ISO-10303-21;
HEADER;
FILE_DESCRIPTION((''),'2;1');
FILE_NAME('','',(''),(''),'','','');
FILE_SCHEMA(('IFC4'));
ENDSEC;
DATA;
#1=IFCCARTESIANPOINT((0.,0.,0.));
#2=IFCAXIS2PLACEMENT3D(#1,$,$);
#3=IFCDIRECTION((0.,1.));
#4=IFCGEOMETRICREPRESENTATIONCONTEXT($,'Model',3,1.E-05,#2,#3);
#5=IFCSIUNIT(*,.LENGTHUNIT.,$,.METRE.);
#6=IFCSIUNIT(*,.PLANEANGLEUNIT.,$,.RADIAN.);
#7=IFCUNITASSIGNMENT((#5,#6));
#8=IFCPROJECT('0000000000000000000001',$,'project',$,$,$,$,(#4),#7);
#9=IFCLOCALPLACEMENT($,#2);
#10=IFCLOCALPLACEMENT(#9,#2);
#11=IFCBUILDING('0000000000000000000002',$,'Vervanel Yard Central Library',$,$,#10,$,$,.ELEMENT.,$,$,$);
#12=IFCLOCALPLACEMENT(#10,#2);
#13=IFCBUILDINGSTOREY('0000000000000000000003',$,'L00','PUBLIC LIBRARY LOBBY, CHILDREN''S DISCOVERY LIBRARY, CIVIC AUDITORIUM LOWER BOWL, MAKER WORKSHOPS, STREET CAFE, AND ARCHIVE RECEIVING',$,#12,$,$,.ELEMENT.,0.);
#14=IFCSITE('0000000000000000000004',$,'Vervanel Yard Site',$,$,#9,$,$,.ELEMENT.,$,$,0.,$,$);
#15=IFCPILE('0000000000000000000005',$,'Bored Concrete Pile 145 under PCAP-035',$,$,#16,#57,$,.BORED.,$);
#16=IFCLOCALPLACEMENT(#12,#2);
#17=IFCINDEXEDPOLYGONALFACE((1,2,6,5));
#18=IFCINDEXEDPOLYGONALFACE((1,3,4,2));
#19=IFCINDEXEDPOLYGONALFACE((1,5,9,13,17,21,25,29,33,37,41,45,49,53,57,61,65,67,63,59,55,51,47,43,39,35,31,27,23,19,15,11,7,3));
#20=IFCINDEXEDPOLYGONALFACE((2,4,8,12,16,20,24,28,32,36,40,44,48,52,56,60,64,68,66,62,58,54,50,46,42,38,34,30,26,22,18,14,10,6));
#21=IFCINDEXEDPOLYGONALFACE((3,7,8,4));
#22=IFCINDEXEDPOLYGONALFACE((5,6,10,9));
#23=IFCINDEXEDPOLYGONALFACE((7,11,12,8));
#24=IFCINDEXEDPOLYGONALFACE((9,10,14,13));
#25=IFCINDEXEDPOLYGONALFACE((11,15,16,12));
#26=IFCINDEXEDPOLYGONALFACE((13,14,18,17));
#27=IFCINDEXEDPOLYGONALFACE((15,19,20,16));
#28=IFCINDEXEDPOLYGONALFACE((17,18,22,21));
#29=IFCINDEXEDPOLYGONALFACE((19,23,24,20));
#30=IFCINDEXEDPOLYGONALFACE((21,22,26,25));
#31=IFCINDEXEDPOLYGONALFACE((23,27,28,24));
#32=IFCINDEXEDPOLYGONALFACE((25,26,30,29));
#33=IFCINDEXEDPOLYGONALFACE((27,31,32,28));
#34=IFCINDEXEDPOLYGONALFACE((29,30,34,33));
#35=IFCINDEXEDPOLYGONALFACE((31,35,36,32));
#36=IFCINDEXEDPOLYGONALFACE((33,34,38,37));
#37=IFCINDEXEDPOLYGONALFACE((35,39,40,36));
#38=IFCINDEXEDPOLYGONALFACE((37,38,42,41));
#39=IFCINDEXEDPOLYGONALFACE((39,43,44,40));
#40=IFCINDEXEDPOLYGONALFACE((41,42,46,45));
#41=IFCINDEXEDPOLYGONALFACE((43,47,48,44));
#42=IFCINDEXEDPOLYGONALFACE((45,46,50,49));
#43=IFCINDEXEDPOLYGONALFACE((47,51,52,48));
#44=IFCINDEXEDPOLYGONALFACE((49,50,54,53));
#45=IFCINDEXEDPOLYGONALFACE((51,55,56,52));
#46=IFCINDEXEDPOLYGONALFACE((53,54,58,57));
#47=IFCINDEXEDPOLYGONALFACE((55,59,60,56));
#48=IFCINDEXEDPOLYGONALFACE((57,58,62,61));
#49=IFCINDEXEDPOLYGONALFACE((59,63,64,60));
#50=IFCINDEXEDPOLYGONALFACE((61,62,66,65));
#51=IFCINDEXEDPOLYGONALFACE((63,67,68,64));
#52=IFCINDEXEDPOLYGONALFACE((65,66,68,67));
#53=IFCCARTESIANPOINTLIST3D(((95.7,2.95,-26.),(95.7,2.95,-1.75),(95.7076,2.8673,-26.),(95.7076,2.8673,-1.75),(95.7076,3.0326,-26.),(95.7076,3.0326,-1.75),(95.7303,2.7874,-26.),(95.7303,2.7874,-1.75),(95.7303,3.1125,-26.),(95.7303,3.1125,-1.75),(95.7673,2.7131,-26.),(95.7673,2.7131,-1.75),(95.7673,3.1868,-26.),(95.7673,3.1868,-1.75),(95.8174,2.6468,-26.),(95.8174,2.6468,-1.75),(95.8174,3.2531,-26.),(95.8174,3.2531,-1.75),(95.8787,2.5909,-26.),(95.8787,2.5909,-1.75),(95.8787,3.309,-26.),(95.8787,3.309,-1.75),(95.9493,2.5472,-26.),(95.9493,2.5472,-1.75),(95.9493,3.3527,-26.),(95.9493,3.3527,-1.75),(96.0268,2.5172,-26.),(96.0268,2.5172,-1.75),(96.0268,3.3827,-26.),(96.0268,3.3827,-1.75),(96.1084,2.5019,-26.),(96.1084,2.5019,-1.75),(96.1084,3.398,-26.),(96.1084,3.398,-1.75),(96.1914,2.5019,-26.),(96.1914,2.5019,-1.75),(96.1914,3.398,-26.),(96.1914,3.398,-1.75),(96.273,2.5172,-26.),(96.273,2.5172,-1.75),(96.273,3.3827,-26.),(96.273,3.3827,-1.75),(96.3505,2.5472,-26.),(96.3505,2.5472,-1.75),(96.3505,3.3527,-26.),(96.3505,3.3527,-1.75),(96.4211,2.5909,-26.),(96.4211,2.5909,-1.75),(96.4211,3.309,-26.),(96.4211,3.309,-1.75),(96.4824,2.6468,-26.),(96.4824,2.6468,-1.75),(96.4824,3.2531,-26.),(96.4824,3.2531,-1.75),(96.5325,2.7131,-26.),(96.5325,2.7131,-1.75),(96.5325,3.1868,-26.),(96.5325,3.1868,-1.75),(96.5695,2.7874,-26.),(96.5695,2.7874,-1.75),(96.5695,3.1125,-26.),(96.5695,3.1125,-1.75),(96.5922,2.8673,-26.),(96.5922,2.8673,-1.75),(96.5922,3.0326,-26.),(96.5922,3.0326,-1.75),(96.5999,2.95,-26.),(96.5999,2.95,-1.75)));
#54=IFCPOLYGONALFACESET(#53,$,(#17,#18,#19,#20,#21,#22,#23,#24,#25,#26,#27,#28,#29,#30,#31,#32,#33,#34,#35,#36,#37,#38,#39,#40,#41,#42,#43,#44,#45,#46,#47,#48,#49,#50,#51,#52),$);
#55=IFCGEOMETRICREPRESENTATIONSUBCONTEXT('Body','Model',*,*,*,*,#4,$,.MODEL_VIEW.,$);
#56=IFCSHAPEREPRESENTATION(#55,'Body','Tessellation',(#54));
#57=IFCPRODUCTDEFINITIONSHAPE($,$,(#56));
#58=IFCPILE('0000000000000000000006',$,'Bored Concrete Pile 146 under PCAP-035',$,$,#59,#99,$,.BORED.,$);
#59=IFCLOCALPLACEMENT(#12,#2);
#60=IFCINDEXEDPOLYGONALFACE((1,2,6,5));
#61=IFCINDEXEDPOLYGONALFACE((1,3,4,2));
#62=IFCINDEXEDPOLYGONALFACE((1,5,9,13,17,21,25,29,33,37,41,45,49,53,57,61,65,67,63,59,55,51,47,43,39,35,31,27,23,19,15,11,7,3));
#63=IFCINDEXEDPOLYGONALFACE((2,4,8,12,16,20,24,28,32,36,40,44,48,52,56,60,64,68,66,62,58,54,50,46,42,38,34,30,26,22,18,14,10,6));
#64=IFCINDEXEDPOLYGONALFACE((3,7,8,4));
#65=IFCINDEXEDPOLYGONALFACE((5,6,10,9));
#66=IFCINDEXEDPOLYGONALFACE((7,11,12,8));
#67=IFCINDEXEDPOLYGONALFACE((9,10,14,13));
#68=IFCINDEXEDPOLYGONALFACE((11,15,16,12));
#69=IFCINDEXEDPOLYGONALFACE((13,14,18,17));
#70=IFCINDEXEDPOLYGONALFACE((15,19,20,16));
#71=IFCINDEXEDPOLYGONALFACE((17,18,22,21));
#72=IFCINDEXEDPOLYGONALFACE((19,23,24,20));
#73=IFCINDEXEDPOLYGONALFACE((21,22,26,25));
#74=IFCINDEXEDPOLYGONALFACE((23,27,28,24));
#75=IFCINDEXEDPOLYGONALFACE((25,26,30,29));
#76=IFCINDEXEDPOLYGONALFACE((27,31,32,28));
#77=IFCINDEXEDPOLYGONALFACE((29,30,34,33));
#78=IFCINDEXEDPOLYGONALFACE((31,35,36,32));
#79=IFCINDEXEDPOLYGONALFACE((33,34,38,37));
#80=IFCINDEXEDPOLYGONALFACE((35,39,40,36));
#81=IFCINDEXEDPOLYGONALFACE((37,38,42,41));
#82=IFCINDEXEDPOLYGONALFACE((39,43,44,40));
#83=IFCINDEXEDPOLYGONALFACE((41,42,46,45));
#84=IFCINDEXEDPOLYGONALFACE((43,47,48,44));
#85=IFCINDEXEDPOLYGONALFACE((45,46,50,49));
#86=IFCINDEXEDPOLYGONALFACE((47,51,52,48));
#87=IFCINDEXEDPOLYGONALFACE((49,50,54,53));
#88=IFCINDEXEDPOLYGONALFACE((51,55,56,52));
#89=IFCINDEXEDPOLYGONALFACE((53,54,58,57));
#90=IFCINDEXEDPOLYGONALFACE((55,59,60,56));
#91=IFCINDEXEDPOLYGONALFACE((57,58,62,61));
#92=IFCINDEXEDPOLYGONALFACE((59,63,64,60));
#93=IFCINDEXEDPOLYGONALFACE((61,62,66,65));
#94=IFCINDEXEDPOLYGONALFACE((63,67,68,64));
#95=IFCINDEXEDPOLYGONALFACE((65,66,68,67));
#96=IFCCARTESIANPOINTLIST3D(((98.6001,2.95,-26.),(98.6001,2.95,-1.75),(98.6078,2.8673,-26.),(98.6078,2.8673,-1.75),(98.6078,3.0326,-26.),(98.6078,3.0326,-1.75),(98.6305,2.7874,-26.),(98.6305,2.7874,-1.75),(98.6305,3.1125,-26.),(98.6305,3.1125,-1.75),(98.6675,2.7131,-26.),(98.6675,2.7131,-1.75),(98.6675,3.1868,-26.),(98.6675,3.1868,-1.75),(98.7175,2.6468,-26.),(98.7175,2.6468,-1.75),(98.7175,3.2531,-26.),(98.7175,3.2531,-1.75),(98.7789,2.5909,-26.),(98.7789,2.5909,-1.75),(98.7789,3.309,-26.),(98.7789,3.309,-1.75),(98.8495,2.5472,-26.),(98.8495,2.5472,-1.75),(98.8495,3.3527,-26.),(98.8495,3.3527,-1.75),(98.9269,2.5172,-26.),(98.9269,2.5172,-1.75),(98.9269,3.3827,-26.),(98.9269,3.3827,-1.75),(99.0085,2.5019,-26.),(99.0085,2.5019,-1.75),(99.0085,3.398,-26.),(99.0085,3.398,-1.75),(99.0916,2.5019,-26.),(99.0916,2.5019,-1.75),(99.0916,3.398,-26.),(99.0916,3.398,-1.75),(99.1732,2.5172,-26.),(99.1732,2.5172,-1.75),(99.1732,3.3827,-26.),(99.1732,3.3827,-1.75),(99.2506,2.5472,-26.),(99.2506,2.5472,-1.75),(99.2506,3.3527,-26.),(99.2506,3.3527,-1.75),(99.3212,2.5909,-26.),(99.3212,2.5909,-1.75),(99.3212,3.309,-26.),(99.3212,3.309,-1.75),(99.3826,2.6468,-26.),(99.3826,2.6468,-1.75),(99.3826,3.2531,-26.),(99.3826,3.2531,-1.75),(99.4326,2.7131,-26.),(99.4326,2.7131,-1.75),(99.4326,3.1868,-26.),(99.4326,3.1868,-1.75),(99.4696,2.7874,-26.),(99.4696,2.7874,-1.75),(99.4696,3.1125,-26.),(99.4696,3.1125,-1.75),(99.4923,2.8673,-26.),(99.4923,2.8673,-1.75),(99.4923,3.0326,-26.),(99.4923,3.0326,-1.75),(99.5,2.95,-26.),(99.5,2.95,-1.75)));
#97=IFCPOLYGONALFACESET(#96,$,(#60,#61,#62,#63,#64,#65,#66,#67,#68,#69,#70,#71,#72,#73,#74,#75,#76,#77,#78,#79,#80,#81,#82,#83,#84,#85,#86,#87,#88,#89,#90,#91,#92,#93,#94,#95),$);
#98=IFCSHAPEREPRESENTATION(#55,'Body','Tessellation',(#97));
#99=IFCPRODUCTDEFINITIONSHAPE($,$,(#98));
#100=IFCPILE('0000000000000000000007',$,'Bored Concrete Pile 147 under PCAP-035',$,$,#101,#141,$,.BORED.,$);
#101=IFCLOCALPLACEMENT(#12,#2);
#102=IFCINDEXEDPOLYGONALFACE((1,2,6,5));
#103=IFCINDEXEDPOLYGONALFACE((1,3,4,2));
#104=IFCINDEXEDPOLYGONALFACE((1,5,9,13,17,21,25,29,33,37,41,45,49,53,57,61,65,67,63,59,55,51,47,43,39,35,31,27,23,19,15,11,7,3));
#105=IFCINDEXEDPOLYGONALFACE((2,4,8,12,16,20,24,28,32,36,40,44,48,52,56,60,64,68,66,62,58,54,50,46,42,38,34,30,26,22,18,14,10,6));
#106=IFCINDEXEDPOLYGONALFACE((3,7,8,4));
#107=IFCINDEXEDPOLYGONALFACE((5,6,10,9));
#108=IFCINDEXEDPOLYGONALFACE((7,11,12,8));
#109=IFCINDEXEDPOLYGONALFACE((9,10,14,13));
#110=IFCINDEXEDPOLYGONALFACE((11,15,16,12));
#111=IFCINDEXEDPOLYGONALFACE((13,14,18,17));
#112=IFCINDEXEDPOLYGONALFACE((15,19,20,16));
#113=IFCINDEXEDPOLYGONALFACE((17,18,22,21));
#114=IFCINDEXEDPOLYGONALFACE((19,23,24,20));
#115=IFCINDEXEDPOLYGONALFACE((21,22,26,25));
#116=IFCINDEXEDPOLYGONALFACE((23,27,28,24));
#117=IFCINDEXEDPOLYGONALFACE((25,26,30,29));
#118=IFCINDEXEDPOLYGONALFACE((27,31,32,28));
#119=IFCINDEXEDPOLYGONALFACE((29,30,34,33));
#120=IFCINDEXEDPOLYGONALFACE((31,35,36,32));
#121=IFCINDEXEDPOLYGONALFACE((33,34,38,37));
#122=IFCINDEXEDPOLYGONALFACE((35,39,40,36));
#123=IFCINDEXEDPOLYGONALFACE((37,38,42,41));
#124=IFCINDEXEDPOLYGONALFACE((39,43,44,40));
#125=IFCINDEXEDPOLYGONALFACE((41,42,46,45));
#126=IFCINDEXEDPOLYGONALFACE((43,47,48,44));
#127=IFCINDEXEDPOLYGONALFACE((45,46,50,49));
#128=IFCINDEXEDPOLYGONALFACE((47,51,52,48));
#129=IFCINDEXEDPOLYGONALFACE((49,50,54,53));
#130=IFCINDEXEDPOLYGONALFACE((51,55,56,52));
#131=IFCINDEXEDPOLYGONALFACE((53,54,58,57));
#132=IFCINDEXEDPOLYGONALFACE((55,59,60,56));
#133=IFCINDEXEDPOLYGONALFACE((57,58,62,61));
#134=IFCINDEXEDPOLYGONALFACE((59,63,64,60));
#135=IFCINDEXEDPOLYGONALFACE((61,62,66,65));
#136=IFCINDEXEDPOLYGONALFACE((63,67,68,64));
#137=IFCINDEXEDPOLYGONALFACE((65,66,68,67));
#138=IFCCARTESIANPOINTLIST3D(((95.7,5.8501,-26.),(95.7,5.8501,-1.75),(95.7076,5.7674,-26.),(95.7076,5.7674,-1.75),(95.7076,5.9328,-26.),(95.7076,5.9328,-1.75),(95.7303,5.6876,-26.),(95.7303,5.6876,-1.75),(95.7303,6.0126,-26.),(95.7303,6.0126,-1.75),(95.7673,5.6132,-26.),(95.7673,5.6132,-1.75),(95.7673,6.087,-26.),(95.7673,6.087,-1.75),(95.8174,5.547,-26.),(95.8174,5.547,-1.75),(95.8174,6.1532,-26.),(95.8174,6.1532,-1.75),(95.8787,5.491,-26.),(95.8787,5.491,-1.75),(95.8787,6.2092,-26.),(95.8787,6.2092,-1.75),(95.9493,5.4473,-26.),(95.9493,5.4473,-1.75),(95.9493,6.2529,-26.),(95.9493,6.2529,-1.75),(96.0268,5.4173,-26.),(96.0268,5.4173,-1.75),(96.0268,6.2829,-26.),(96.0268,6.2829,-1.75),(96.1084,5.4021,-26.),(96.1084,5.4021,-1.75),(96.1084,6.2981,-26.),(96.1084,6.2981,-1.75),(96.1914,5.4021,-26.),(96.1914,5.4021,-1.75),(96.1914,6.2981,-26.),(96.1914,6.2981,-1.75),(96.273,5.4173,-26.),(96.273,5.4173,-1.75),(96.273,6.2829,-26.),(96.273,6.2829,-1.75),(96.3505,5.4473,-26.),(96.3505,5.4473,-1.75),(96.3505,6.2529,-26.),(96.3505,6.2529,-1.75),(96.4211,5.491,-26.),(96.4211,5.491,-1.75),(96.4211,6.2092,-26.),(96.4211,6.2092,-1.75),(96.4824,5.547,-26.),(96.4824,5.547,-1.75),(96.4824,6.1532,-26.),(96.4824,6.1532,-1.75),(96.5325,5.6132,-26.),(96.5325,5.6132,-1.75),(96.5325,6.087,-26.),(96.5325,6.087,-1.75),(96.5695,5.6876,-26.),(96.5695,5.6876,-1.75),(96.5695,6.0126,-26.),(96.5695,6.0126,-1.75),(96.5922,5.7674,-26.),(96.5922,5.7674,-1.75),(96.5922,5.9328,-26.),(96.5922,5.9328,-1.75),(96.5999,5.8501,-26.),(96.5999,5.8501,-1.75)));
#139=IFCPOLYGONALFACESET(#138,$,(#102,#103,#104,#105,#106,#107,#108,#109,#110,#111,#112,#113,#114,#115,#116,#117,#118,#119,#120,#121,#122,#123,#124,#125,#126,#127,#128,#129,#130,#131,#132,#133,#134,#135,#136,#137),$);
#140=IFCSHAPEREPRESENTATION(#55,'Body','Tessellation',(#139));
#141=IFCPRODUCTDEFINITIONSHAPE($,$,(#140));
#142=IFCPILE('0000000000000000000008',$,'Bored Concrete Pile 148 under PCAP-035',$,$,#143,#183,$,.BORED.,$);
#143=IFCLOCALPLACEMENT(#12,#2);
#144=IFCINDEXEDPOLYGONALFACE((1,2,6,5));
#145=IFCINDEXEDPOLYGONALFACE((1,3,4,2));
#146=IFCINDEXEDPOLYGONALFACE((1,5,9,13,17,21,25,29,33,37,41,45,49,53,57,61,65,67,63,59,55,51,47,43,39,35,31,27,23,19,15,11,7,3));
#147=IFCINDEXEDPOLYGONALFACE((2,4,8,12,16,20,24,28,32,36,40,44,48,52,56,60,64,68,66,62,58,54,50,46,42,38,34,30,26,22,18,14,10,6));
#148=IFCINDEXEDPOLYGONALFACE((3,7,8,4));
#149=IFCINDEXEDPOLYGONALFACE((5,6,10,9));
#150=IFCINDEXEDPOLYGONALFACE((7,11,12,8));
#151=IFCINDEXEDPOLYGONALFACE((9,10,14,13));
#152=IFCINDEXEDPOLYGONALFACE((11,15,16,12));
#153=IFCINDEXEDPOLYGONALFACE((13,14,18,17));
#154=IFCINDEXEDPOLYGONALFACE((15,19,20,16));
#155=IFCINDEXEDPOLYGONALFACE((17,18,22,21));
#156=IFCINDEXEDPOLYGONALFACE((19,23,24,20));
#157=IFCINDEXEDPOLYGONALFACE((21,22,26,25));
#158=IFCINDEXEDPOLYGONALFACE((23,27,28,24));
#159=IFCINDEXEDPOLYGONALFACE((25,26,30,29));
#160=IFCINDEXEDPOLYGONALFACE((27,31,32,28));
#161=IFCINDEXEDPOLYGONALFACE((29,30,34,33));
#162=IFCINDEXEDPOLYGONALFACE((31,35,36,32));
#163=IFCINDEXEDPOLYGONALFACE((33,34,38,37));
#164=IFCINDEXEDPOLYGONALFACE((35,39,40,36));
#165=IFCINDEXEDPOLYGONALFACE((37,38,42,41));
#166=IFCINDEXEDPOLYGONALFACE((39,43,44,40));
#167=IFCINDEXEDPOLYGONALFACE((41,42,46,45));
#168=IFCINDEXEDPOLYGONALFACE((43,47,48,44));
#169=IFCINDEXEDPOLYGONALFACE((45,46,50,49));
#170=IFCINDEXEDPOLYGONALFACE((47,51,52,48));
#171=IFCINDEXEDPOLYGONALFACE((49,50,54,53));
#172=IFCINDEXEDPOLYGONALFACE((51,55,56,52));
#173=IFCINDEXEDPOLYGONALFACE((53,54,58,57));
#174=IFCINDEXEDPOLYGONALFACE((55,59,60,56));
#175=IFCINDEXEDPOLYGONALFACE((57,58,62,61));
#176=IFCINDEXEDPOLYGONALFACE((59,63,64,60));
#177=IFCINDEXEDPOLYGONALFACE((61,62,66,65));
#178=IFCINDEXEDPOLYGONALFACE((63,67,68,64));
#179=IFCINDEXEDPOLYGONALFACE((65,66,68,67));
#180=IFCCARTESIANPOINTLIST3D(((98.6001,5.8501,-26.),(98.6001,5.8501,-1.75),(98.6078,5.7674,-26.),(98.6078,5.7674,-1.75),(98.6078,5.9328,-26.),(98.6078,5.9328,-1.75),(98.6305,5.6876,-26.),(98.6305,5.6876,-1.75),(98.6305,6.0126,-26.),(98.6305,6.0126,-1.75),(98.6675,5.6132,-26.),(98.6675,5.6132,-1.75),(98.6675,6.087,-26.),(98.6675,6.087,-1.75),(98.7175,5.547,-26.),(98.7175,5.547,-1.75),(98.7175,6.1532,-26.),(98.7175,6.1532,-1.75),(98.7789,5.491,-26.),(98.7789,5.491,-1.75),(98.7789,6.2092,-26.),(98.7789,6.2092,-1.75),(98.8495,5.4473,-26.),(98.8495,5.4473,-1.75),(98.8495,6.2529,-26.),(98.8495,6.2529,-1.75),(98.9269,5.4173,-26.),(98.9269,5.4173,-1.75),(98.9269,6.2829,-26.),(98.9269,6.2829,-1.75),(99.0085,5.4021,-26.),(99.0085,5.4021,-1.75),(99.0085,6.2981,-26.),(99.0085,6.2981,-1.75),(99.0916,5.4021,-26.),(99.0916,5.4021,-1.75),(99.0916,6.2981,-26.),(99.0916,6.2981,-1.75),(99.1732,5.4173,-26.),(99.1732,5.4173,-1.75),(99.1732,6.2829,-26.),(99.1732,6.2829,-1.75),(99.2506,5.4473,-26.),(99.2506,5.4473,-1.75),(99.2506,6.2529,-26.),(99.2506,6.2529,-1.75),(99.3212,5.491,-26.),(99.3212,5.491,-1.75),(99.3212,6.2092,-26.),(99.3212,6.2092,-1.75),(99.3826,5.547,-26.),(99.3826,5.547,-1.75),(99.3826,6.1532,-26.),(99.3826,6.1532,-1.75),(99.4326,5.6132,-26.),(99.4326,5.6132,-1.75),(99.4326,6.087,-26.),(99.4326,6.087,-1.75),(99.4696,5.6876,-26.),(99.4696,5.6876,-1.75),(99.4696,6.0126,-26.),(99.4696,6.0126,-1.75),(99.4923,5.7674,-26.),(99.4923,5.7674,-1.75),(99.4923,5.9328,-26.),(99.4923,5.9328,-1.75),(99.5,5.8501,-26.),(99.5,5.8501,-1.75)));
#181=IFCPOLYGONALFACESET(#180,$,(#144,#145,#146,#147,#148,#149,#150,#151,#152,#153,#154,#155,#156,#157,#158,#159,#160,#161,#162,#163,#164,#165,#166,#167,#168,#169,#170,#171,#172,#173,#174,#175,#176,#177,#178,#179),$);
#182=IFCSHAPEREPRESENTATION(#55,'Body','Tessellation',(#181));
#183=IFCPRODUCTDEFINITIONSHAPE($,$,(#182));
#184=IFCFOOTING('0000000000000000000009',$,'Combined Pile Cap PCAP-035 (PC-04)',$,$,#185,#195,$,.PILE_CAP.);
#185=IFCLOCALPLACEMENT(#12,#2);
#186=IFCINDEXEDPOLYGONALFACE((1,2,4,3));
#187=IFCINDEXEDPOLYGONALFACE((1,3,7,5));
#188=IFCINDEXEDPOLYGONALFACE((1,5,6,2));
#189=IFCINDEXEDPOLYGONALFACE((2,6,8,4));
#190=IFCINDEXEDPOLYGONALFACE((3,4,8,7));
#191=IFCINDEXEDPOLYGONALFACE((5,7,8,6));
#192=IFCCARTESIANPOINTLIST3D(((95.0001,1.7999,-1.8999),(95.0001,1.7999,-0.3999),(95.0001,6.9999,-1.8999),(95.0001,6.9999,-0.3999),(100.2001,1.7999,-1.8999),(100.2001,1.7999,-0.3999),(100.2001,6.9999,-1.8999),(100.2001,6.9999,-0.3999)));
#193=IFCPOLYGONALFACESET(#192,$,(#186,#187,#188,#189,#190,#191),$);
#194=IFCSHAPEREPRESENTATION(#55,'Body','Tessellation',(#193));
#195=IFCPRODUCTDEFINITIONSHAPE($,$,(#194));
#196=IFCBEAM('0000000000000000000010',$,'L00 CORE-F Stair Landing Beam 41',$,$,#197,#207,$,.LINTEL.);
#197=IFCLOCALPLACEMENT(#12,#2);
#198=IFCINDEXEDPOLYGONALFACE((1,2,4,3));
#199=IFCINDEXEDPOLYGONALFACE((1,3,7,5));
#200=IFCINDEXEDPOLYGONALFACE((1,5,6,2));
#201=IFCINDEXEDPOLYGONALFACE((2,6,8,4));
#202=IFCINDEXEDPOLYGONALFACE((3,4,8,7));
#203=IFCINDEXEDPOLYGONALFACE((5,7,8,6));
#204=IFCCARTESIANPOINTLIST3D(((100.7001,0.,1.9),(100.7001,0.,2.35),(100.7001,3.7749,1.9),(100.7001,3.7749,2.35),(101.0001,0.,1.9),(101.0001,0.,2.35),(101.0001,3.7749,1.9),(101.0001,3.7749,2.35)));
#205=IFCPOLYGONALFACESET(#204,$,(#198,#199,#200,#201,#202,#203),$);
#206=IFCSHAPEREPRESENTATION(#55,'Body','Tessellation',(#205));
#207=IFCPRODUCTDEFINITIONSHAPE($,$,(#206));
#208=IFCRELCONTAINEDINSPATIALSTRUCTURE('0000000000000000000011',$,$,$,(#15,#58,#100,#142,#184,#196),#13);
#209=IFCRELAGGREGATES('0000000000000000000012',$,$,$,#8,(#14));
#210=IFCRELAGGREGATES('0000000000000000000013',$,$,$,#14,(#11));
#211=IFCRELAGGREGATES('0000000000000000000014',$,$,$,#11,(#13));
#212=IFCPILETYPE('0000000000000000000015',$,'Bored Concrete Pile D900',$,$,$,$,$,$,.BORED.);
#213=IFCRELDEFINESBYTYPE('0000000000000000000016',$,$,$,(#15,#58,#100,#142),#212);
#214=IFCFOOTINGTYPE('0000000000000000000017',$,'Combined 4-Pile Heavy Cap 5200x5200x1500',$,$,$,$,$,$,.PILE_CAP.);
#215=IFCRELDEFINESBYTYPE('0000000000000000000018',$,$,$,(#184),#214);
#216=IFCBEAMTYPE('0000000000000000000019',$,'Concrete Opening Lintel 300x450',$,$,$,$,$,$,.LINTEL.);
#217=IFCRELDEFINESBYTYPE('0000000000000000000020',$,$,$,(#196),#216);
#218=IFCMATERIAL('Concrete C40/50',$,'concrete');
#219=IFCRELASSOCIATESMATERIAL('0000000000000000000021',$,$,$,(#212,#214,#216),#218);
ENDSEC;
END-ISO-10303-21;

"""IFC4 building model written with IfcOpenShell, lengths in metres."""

from ifc_helpers import new_model, si_unit, direction, frame, origin, origin_2d, place, context, subcontext, project, spatial, rectangle, circle, extrude, material, material_profile, profile_set, type_object, element, save


model = new_model("IFC4")

# Units and contexts
model_context = context("Model", 3, precision=1e-05, world=origin(), true_north=direction((0.0, 1.0)))
body_context = subcontext(model_context, "Body", "Model", "MODEL_VIEW")
ifc_project = project(units=[si_unit("LENGTHUNIT", "METRE"), si_unit("PLANEANGLEUNIT", "RADIAN")], contexts=[model_context])

# Site, building, storey
site_placement = place(None, origin())
site = spatial("IfcSite", under=ifc_project, at=site_placement, Name="Vervanel Yard Site", CompositionType="ELEMENT", RefElevation=0.0)
building_placement = place(site_placement, origin())
building = spatial("IfcBuilding", under=site, at=building_placement, Name="Vervanel Yard Central Library", CompositionType="ELEMENT")
storey_placement = place(building_placement, origin())
storey = spatial("IfcBuildingStorey", under=building, at=storey_placement, Name="L00", Description="PUBLIC LIBRARY LOBBY, CHILDREN'S DISCOVERY LIBRARY, CIVIC AUDITORIUM LOWER BOWL, MAKER WORKSHOPS, STREET CAFE, AND ARCHIVE RECEIVING", CompositionType="ELEMENT", Elevation=0.0)

# Piles
ifc_material_1 = material(Name="Concrete C40/50", Category="concrete")
ifc_material_profile_1 = material_profile(ifc_material_1, circle(Radius=0.45, at=origin_2d()), Name="BP D900", Category="concrete")
ifc_profile_set_1 = profile_set([ifc_material_profile_1], Name="Concrete C40/50")
pile_type = type_object("IfcPileType", Name="Bored Concrete Pile D900", PredefinedType="BORED", material=ifc_profile_set_1)
for number, where, z_axis, x_axis, name in (
    (1, (96.1499, 2.95, -1.75), (0.0, 0.0, -1.0), (1.0, 0.0, 0.0), "Bored Concrete Pile 145 under PCAP-035"),
    (2, (99.05, 2.95, -1.75), (0.0, 0.0, -1.0), (1.0, 0.0, 0.0), "Bored Concrete Pile 146 under PCAP-035"),
    (3, (96.1499, 5.8501, -1.75), (0.0, 0.0, -1.0), (1.0, 0.0, 0.0), "Bored Concrete Pile 147 under PCAP-035"),
    (4, (99.05, 5.8501, -1.75), (0.0, 0.0, -1.0), (1.0, 0.0, 0.0), "Bored Concrete Pile 148 under PCAP-035"),
):
    element("IfcPile", number, at=place(storey_placement, frame(where, z_axis=z_axis, x_axis=x_axis)), inside=storey, type_object=pile_type, Name=name, PredefinedType="BORED", context=body_context, shape_type="SweptSolid", body=[
        extrude(circle(Radius=0.45, at=origin_2d()), origin(), (0.0, 0.0, 1.0), 24.25),
    ])

# Footing
footing_type = type_object("IfcFootingType", Name="Combined 4-Pile Heavy Cap 5200x5200x1500", PredefinedType="PILE_CAP", material=ifc_material_1)
footing_placement = place(storey_placement, frame((97.6001, 4.3999, -1.8999), z_axis=(0.0, 0.0, 1.0), x_axis=(1.0, 0.0, 0.0)))
element("IfcFooting", 5, at=footing_placement, inside=storey, type_object=footing_type, Name="Combined Pile Cap PCAP-035 (PC-04)", PredefinedType="PILE_CAP", context=body_context, shape_type="SweptSolid", body=[
    extrude(rectangle(XDim=5.2, YDim=5.2, at=origin_2d()), origin(), (0.0, 0.0, 1.0), 1.5),
])

# Beam
ifc_material_profile_2 = material_profile(ifc_material_1, rectangle(XDim=0.3, YDim=0.45, at=origin_2d()), Name="RC 300x450", Category="concrete")
ifc_profile_set_2 = profile_set([ifc_material_profile_2], Name="Concrete C40/50")
beam_type_1 = type_object("IfcBeamType", Name="Concrete Opening Lintel 300x450", PredefinedType="LINTEL", material=ifc_profile_set_2)
for number, where, z_axis, x_axis, name in (
    (6, (100.8501, 0.0, 2.125), (0.0, 1.0, 0.0), (-1.0, 0.0, 0.0), "L00 CORE-F Stair Landing Beam 41"),
):
    element("IfcBeam", number, at=place(storey_placement, frame(where, z_axis=z_axis, x_axis=x_axis)), inside=storey, type_object=beam_type_1, Name=name, PredefinedType="LINTEL", context=body_context, shape_type="SweptSolid", body=[
        extrude(rectangle(XDim=0.3, YDim=0.45, at=origin_2d()), origin(), (0.0, 0.0, 1.0), 3.7749),
    ])

save(model, "model.ifc")
